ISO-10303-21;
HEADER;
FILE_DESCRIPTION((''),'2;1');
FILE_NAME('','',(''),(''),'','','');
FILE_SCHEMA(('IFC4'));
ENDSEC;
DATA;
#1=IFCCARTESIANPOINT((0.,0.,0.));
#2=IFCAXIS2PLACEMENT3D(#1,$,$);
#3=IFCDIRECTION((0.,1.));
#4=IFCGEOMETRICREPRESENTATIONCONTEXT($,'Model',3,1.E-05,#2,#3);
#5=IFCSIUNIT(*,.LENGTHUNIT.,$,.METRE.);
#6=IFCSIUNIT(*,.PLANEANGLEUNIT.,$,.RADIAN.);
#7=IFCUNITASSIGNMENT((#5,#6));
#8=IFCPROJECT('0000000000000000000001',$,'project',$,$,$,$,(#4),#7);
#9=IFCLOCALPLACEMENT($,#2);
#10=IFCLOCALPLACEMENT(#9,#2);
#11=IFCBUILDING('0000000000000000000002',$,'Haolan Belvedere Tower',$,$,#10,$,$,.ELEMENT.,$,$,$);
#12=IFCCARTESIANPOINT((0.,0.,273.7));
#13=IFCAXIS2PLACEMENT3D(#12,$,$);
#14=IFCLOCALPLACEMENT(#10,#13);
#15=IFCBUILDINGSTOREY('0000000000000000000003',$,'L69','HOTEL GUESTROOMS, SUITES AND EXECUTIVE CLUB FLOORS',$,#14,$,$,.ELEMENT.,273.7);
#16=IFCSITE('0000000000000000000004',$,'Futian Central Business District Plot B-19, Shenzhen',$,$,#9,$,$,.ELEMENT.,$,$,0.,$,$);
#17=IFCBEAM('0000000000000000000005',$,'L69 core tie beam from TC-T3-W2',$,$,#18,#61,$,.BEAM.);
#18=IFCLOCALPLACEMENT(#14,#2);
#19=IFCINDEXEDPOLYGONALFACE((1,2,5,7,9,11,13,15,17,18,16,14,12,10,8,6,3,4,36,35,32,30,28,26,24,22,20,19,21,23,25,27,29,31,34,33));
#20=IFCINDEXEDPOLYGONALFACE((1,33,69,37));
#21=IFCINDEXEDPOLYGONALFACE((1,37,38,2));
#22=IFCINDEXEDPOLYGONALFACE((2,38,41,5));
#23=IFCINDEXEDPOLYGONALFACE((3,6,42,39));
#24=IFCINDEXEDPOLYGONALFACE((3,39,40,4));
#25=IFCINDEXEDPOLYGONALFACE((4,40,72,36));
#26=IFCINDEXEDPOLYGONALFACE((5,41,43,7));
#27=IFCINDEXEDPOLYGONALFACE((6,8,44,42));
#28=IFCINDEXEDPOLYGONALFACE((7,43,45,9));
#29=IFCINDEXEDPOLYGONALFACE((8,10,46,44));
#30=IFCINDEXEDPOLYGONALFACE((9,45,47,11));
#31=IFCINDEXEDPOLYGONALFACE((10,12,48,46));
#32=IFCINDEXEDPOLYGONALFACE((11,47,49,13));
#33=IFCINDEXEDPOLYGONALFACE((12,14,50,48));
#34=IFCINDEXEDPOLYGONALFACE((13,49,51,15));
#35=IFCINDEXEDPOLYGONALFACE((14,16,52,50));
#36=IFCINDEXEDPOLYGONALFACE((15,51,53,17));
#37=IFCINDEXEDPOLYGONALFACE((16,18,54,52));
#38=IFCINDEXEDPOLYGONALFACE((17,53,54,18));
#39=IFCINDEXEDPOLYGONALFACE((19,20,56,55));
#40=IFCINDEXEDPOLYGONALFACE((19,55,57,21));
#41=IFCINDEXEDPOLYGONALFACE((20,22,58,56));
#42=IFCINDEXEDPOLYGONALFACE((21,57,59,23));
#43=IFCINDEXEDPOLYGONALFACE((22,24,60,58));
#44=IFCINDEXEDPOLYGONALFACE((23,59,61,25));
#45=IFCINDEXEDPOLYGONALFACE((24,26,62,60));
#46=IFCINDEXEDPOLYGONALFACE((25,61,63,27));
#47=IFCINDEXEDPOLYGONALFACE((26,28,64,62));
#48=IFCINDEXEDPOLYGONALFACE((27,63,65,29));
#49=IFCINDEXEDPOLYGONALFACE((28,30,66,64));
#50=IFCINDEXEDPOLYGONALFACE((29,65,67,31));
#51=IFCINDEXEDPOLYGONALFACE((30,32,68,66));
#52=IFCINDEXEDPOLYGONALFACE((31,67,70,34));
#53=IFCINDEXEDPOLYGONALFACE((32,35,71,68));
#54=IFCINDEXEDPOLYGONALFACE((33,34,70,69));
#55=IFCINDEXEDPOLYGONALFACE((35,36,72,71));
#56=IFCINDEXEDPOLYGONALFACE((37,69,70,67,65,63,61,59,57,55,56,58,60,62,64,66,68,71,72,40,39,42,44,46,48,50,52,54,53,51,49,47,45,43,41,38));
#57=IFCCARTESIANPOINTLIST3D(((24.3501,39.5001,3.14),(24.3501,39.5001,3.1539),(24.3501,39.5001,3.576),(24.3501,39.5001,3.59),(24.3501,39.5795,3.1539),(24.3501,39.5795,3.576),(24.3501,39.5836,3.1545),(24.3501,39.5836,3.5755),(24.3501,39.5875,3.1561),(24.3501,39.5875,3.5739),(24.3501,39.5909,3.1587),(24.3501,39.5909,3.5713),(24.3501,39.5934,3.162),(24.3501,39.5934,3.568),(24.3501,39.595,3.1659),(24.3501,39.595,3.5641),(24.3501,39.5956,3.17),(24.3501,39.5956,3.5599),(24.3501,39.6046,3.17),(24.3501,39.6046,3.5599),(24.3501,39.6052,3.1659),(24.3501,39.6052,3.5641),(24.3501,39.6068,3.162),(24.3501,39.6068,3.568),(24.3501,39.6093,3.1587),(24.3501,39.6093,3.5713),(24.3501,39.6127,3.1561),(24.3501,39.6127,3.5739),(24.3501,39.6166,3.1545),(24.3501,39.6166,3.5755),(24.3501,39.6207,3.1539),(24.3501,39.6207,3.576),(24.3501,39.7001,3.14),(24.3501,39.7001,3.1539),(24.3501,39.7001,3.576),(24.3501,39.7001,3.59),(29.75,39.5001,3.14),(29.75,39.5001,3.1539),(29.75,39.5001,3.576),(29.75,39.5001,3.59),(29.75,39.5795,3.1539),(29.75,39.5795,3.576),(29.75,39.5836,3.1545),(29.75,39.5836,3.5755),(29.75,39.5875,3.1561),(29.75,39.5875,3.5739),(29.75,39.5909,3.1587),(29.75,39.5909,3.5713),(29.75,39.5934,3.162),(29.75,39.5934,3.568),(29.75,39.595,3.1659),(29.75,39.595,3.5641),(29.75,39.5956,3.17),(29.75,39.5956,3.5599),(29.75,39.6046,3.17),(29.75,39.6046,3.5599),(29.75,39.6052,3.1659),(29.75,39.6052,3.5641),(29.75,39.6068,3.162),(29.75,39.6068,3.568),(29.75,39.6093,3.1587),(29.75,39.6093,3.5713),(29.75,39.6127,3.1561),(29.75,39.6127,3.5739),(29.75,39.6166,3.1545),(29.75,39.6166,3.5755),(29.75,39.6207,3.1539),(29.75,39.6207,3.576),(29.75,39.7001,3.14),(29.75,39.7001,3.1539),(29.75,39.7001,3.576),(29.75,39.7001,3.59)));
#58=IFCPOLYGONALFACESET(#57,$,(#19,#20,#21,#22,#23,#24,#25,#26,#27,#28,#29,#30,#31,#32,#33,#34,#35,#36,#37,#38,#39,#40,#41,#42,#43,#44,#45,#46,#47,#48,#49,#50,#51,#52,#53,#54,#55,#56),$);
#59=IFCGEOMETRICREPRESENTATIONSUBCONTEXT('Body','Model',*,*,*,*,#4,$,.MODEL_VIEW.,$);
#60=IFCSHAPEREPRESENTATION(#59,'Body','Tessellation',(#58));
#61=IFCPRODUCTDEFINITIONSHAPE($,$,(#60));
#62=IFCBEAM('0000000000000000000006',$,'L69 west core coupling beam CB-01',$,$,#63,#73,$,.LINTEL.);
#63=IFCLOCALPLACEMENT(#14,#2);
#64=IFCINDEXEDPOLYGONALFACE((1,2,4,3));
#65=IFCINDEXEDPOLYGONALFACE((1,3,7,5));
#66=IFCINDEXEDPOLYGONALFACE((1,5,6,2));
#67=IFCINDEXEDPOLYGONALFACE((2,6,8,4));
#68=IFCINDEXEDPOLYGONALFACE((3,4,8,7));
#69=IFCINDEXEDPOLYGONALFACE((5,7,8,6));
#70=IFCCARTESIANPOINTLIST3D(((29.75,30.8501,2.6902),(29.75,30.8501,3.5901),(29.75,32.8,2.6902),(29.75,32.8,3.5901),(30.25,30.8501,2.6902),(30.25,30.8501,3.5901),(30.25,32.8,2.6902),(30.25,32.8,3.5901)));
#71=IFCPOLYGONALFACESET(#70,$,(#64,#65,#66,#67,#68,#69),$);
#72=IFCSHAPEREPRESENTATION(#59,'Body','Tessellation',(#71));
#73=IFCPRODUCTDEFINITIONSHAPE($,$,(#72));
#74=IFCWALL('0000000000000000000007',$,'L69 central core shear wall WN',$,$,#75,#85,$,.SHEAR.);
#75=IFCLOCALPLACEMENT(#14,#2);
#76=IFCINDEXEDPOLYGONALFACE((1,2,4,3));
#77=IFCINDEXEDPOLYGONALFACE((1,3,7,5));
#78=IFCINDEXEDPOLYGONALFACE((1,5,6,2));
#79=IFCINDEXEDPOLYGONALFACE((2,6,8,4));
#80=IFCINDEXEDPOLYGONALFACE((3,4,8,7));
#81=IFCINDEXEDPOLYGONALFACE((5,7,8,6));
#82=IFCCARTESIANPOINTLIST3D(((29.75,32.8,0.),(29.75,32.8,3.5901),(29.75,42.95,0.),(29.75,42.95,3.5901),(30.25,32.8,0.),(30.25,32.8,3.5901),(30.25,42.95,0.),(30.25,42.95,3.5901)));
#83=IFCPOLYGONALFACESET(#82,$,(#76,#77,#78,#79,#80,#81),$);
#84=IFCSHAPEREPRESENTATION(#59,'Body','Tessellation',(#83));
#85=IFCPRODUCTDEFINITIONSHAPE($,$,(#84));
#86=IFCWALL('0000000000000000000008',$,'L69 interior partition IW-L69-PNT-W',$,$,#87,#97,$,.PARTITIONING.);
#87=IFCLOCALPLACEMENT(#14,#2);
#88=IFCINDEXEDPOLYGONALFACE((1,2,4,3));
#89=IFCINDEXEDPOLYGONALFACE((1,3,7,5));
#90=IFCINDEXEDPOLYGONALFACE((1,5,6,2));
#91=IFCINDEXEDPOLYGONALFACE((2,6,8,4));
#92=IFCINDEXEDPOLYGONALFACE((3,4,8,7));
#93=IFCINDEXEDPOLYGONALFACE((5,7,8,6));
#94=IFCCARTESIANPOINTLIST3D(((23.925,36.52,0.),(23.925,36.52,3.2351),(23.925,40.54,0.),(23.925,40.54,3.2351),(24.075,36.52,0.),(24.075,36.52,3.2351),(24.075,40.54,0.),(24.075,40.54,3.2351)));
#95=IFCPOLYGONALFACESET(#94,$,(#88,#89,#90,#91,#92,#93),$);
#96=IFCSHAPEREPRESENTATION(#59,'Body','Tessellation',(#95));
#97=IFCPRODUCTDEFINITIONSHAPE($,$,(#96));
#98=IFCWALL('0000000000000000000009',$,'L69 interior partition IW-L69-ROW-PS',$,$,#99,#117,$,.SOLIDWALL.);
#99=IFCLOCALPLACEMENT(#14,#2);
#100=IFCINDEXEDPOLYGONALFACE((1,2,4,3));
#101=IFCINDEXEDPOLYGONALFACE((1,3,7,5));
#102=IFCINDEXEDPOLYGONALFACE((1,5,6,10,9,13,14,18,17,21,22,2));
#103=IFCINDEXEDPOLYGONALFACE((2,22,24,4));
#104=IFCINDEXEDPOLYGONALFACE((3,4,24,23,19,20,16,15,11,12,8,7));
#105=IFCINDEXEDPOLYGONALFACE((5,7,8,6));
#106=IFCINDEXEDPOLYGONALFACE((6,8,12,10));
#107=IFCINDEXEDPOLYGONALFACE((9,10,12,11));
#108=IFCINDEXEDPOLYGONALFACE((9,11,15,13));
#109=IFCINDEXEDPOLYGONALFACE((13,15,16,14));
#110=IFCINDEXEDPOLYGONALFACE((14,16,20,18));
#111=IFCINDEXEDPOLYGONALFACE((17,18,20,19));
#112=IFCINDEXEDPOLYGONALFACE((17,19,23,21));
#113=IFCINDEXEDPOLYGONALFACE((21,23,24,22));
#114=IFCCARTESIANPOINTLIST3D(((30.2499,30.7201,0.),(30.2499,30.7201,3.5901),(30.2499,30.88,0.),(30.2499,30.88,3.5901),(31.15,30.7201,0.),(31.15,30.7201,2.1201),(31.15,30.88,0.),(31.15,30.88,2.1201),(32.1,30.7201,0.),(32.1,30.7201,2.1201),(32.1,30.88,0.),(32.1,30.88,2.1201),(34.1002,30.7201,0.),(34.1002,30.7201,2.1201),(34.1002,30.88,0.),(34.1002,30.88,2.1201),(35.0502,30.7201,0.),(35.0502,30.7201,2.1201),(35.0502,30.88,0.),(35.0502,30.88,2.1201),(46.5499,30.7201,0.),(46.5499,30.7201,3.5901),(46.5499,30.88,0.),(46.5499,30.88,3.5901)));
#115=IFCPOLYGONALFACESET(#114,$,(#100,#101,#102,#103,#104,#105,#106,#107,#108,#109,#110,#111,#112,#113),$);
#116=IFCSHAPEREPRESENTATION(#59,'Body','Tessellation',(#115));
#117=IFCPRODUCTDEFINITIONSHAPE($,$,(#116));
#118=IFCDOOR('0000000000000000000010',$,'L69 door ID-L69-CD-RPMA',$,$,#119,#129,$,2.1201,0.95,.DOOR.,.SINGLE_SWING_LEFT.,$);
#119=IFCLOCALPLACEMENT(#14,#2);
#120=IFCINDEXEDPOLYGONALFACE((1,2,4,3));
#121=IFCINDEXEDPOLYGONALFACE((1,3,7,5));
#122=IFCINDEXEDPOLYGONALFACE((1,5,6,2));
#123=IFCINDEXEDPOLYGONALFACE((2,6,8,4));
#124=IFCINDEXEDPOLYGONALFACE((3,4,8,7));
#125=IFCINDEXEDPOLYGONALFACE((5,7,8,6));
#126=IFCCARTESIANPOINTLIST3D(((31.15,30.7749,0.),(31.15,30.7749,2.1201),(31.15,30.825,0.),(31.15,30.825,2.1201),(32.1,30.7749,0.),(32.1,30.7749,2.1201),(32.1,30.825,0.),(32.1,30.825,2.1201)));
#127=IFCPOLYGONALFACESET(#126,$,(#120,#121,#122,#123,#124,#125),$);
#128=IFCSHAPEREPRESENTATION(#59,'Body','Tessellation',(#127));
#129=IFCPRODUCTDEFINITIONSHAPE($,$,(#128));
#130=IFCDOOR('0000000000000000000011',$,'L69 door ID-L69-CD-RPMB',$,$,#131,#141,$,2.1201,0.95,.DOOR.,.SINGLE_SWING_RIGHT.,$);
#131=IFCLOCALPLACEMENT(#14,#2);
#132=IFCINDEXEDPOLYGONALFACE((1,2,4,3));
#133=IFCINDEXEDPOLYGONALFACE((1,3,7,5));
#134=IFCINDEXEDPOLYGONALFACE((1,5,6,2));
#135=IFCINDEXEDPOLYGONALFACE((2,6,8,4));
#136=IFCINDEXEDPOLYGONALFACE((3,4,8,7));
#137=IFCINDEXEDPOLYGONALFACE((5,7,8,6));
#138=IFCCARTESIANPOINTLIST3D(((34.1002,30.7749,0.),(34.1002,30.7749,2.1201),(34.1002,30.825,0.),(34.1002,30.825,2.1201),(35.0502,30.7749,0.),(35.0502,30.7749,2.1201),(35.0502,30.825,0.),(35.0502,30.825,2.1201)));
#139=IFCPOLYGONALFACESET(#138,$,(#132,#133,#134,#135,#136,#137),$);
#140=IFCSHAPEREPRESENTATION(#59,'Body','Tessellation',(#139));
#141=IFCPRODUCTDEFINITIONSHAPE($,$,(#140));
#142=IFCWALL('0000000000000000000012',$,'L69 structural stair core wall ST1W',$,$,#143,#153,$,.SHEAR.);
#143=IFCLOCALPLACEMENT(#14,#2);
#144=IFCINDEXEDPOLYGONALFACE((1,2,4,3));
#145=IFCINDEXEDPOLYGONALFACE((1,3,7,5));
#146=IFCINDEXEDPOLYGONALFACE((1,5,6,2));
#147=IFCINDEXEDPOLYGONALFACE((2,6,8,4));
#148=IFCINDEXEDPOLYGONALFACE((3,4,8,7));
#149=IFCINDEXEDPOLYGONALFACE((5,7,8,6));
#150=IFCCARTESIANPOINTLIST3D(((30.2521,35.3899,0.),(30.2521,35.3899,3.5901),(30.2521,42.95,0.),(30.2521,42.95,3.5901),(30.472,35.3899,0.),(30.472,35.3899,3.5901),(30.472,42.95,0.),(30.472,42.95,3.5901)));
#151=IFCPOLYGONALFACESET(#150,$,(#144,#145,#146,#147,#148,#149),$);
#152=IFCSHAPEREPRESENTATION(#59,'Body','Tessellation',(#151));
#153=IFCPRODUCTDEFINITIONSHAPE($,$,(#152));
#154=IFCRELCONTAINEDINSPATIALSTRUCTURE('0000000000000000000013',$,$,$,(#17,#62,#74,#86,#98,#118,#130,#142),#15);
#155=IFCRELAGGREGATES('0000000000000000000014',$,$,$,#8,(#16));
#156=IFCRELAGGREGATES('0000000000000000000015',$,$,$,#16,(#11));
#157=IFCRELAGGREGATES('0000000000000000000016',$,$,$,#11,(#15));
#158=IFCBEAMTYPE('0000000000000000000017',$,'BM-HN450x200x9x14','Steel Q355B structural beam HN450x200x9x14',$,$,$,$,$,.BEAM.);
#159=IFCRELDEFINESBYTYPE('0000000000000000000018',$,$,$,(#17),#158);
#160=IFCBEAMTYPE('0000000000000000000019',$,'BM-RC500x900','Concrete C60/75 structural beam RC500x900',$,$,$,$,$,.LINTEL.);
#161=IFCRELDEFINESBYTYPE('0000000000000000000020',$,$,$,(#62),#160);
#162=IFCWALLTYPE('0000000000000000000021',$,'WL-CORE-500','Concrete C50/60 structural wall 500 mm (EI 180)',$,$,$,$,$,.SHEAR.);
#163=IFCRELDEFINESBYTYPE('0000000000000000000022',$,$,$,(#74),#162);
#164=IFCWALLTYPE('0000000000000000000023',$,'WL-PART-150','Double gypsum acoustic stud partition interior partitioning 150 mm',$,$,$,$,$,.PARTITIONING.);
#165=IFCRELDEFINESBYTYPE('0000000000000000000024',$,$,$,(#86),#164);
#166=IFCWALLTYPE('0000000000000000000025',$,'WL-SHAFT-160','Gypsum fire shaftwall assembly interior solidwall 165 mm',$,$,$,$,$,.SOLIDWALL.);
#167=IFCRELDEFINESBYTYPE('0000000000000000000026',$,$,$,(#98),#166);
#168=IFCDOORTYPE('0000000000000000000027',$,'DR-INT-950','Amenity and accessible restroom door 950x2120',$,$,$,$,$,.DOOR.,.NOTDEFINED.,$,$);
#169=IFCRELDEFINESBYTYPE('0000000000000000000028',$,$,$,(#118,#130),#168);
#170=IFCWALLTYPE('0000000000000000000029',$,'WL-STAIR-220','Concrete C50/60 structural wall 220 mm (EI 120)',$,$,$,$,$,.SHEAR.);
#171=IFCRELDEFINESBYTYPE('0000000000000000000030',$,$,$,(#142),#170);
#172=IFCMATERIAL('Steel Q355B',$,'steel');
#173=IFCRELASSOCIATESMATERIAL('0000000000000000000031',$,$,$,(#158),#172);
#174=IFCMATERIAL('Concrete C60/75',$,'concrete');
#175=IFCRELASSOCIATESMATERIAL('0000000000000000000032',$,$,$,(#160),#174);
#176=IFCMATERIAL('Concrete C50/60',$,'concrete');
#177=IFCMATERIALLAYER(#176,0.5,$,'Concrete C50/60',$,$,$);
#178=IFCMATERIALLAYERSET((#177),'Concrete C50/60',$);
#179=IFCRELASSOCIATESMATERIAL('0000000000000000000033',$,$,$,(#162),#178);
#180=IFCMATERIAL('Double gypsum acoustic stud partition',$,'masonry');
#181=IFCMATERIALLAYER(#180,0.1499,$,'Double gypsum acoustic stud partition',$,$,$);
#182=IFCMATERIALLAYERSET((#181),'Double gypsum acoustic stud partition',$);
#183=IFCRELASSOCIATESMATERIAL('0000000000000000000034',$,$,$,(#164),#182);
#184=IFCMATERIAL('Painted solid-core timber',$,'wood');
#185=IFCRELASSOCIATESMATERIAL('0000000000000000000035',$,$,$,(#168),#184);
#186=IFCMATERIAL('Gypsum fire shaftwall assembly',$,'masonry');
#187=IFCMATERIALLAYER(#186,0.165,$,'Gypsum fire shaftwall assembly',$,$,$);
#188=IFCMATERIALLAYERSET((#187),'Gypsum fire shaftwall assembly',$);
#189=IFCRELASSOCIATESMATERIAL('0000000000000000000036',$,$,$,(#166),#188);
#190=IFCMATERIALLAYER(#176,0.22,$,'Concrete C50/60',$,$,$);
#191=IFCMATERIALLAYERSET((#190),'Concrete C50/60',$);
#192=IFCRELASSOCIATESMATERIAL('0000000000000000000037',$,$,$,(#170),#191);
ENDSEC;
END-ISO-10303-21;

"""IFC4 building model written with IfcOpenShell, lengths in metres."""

from ifc_helpers import new_model, si_unit, direction, frame, frame_2d, origin, origin_2d, place, context, subcontext, project, spatial, rectangle, i_section, extrude, material, layer, layer_set, material_profile, profile_set, type_object, element, fill, save


model = new_model("IFC4")

# Units and contexts
model_context = context("Model", 3, precision=1e-05, world=origin(), true_north=direction((0.0, 1.0)))
body_context = subcontext(model_context, "Body", "Model", "MODEL_VIEW")
ifc_project = project(units=[si_unit("LENGTHUNIT", "METRE"), si_unit("PLANEANGLEUNIT", "RADIAN")], contexts=[model_context])

# Site, building, storey
site_placement = place(None, origin())
site = spatial("IfcSite", under=ifc_project, at=site_placement, Name="Futian Central Business District Plot B-19, Shenzhen", CompositionType="ELEMENT", RefElevation=0.0)
building_placement = place(site_placement, origin())
building = spatial("IfcBuilding", under=site, at=building_placement, Name="Haolan Belvedere Tower", CompositionType="ELEMENT")
storey_placement = place(building_placement, frame((0.0, 0.0, 273.7)))
storey = spatial("IfcBuildingStorey", under=building, at=storey_placement, Name="L69", Description="HOTEL GUESTROOMS, SUITES AND EXECUTIVE CLUB FLOORS", CompositionType="ELEMENT", Elevation=273.7)

# Beams
ifc_material_1 = material(Name="Steel Q355B", Category="steel")
ifc_material_profile_1 = material_profile(ifc_material_1, i_section(OverallWidth=0.2, OverallDepth=0.45, WebThickness=0.009, FlangeThickness=0.0139, FilletRadius=0.0161, at=origin_2d()), Name="Steel Q355B")
ifc_profile_set_1 = profile_set([ifc_material_profile_1], Name="Steel Q355B")
beam_type_1 = type_object("IfcBeamType", Name="BM-HN450x200x9x14", Description="Steel Q355B structural beam HN450x200x9x14", PredefinedType="BEAM", material=ifc_profile_set_1)
beam_1_placement = place(storey_placement, frame((24.3501, 39.6001, 3.365), z_axis=(1.0, 0.0, 0.0), x_axis=(0.0, 1.0, 0.0)))
element("IfcBeam", 1, at=beam_1_placement, inside=storey, type_object=beam_type_1, Name="L69 core tie beam from TC-T3-W2", PredefinedType="BEAM", context=body_context, shape_type="SweptSolid", body=[
    extrude(i_section(OverallWidth=0.2, OverallDepth=0.45, WebThickness=0.009, FlangeThickness=0.0139, FilletRadius=0.0161, at=origin_2d()), origin(), (0.0, 0.0, 1.0), 5.3999),
])
ifc_material_2 = material(Name="Concrete C60/75", Category="concrete")
ifc_material_profile_2 = material_profile(ifc_material_2, rectangle(XDim=0.5, YDim=0.8999, at=origin_2d()), Name="Concrete C60/75")
ifc_profile_set_2 = profile_set([ifc_material_profile_2], Name="Concrete C60/75")
beam_type_2 = type_object("IfcBeamType", Name="BM-RC500x900", Description="Concrete C60/75 structural beam RC500x900", PredefinedType="LINTEL", material=ifc_profile_set_2)
beam_2_placement = place(storey_placement, frame((30.0, 30.8501, 3.1401), z_axis=(0.0, 1.0, 0.0), x_axis=(-1.0, 0.0, 0.0)))
element("IfcBeam", 2, at=beam_2_placement, inside=storey, type_object=beam_type_2, Name="L69 west core coupling beam CB-01", PredefinedType="LINTEL", context=body_context, shape_type="SweptSolid", body=[
    extrude(rectangle(XDim=0.5, YDim=0.8999, at=origin_2d()), origin(), (0.0, 0.0, 1.0), 1.95),
])

# Wall
ifc_material_3 = material(Name="Concrete C50/60", Category="concrete")
ifc_layer_1 = layer(ifc_material_3, 0.5, Name="Concrete C50/60")
ifc_layer_set_1 = layer_set([ifc_layer_1], Name="Concrete C50/60")
wall_type_1 = type_object("IfcWallType", Name="WL-CORE-500", Description="Concrete C50/60 structural wall 500 mm (EI 180)", PredefinedType="SHEAR", material=ifc_layer_set_1)
wall_1_placement = place(storey_placement, frame((30.0, 32.8, 0.0), z_axis=(0.0, 0.0, 1.0), x_axis=(0.0, 1.0, 0.0)))
element("IfcWall", 3, at=wall_1_placement, inside=storey, type_object=wall_type_1, Name="L69 central core shear wall WN", PredefinedType="SHEAR", context=body_context, shape_type="SweptSolid", body=[
    extrude(rectangle(XDim=10.1499, YDim=0.5, at=frame_2d((5.075, 0.0))), origin(), (0.0, 0.0, 1.0), 3.5901),
])

# Shared definitions
ifc_material_4 = material(Name="Double gypsum acoustic stud partition", Category="masonry")
ifc_layer_2 = layer(ifc_material_4, 0.1499, Name="Double gypsum acoustic stud partition")
ifc_layer_set_2 = layer_set([ifc_layer_2], Name="Double gypsum acoustic stud partition")
wall_type_2 = type_object("IfcWallType", Name="WL-PART-150", Description="Double gypsum acoustic stud partition interior partitioning 150 mm", PredefinedType="PARTITIONING", material=ifc_layer_set_2)
ifc_material_5 = material(Name="Painted solid-core timber", Category="wood")
door_type_1 = type_object("IfcDoorType", Name="DR-INT-950", Description="Amenity and accessible restroom door 950x2120", OperationType="NOTDEFINED", PredefinedType="DOOR", material=ifc_material_5)

# Wall
wall_2_placement = place(storey_placement, frame((24.0, 36.52, 0.0), z_axis=(0.0, 0.0, 1.0), x_axis=(0.0, 1.0, 0.0)))
element("IfcWall", 4, at=wall_2_placement, inside=storey, type_object=wall_type_2, Name="L69 interior partition IW-L69-PNT-W", PredefinedType="PARTITIONING", context=body_context, shape_type="SweptSolid", body=[
    extrude(rectangle(XDim=4.02, YDim=0.1499, at=frame_2d((2.01, 0.0))), origin(), (0.0, 0.0, 1.0), 3.2351),
])

# Shared definitions
ifc_material_6 = material(Name="Gypsum fire shaftwall assembly", Category="masonry")
ifc_layer_3 = layer(ifc_material_6, 0.165, Name="Gypsum fire shaftwall assembly")
ifc_layer_set_3 = layer_set([ifc_layer_3], Name="Gypsum fire shaftwall assembly")
wall_type_3 = type_object("IfcWallType", Name="WL-SHAFT-160", Description="Gypsum fire shaftwall assembly interior solidwall 165 mm", PredefinedType="SOLIDWALL", material=ifc_layer_set_3)

# Wall, openings, doors
wall_3_placement = place(storey_placement, frame((30.25, 30.8, 0.0), z_axis=(0.0, 0.0, 1.0), x_axis=(1.0, 0.0, 0.0)))
wall_3 = element("IfcWall", 5, at=wall_3_placement, inside=storey, type_object=wall_type_3, Name="L69 interior partition IW-L69-ROW-PS", PredefinedType="SOLIDWALL", context=body_context, shape_type="SweptSolid", body=[
    extrude(rectangle(XDim=16.3, YDim=0.1599, at=frame_2d((8.1499, 0.0))), origin(), (0.0, 0.0, 1.0), 3.5901),
])
opening_1_placement = place(wall_3_placement, frame((0.8999, 0.0, 0.0)))
opening_1 = element("IfcOpeningElement", 6, at=opening_1_placement, cuts=wall_3, PredefinedType="OPENING", context=body_context, shape_type="SweptSolid", body=[
    extrude(rectangle(XDim=0.95, YDim=2.1201, at=frame_2d((0.4751, 1.0601))), frame((0.0, 0.0898, 0.0), z_axis=(0.0, -1.0, 0.0), x_axis=(1.0, 0.0, 0.0)), (0.0, 0.0, 1.0), 0.1799),
])
opening_2_placement = place(wall_3_placement, frame((3.8501, 0.0, 0.0)))
opening_2 = element("IfcOpeningElement", 7, at=opening_2_placement, cuts=wall_3, PredefinedType="OPENING", context=body_context, shape_type="SweptSolid", body=[
    extrude(rectangle(XDim=0.95, YDim=2.1201, at=frame_2d((0.4751, 1.0601))), frame((0.0, 0.0898, 0.0), z_axis=(0.0, -1.0, 0.0), x_axis=(1.0, 0.0, 0.0)), (0.0, 0.0, 1.0), 0.1799),
])
door_1_placement = place(opening_1_placement, origin())
door_1 = element("IfcDoor", 8, at=door_1_placement, inside=storey, type_object=door_type_1, Name="L69 door ID-L69-CD-RPMA", OperationType="SINGLE_SWING_LEFT", OverallHeight=2.1201, OverallWidth=0.95, PredefinedType="DOOR", context=body_context, shape_type="SweptSolid", body=[
    extrude(rectangle(XDim=0.95, YDim=2.1201, at=frame_2d((0.4751, 1.0601))), frame((0.0, 0.0249, 0.0), z_axis=(0.0, -1.0, 0.0), x_axis=(1.0, 0.0, 0.0)), (0.0, 0.0, 1.0), 0.05),
])
fill(opening_1, door_1)
door_2_placement = place(opening_2_placement, origin())
door_2 = element("IfcDoor", 9, at=door_2_placement, inside=storey, type_object=door_type_1, Name="L69 door ID-L69-CD-RPMB", OperationType="SINGLE_SWING_RIGHT", OverallHeight=2.1201, OverallWidth=0.95, PredefinedType="DOOR", context=body_context, shape_type="SweptSolid", body=[
    extrude(rectangle(XDim=0.95, YDim=2.1201, at=frame_2d((0.4751, 1.0601))), frame((0.0, 0.0249, 0.0), z_axis=(0.0, -1.0, 0.0), x_axis=(1.0, 0.0, 0.0)), (0.0, 0.0, 1.0), 0.05),
])
fill(opening_2, door_2)

# Wall
ifc_layer_4 = layer(ifc_material_3, 0.22, Name="Concrete C50/60")
ifc_layer_set_4 = layer_set([ifc_layer_4], Name="Concrete C50/60")
wall_type_4 = type_object("IfcWallType", Name="WL-STAIR-220", Description="Concrete C50/60 structural wall 220 mm (EI 120)", PredefinedType="SHEAR", material=ifc_layer_set_4)
wall_4_placement = place(storey_placement, frame((30.3621, 35.3899, 0.0), z_axis=(0.0, 0.0, 1.0), x_axis=(0.0, 1.0, 0.0)))
element("IfcWall", 10, at=wall_4_placement, inside=storey, type_object=wall_type_4, Name="L69 structural stair core wall ST1W", PredefinedType="SHEAR", context=body_context, shape_type="SweptSolid", body=[
    extrude(rectangle(XDim=7.5601, YDim=0.22, at=frame_2d((3.78, 0.0))), origin(), (0.0, 0.0, 1.0), 3.5901),
])

save(model, "model.ifc")
